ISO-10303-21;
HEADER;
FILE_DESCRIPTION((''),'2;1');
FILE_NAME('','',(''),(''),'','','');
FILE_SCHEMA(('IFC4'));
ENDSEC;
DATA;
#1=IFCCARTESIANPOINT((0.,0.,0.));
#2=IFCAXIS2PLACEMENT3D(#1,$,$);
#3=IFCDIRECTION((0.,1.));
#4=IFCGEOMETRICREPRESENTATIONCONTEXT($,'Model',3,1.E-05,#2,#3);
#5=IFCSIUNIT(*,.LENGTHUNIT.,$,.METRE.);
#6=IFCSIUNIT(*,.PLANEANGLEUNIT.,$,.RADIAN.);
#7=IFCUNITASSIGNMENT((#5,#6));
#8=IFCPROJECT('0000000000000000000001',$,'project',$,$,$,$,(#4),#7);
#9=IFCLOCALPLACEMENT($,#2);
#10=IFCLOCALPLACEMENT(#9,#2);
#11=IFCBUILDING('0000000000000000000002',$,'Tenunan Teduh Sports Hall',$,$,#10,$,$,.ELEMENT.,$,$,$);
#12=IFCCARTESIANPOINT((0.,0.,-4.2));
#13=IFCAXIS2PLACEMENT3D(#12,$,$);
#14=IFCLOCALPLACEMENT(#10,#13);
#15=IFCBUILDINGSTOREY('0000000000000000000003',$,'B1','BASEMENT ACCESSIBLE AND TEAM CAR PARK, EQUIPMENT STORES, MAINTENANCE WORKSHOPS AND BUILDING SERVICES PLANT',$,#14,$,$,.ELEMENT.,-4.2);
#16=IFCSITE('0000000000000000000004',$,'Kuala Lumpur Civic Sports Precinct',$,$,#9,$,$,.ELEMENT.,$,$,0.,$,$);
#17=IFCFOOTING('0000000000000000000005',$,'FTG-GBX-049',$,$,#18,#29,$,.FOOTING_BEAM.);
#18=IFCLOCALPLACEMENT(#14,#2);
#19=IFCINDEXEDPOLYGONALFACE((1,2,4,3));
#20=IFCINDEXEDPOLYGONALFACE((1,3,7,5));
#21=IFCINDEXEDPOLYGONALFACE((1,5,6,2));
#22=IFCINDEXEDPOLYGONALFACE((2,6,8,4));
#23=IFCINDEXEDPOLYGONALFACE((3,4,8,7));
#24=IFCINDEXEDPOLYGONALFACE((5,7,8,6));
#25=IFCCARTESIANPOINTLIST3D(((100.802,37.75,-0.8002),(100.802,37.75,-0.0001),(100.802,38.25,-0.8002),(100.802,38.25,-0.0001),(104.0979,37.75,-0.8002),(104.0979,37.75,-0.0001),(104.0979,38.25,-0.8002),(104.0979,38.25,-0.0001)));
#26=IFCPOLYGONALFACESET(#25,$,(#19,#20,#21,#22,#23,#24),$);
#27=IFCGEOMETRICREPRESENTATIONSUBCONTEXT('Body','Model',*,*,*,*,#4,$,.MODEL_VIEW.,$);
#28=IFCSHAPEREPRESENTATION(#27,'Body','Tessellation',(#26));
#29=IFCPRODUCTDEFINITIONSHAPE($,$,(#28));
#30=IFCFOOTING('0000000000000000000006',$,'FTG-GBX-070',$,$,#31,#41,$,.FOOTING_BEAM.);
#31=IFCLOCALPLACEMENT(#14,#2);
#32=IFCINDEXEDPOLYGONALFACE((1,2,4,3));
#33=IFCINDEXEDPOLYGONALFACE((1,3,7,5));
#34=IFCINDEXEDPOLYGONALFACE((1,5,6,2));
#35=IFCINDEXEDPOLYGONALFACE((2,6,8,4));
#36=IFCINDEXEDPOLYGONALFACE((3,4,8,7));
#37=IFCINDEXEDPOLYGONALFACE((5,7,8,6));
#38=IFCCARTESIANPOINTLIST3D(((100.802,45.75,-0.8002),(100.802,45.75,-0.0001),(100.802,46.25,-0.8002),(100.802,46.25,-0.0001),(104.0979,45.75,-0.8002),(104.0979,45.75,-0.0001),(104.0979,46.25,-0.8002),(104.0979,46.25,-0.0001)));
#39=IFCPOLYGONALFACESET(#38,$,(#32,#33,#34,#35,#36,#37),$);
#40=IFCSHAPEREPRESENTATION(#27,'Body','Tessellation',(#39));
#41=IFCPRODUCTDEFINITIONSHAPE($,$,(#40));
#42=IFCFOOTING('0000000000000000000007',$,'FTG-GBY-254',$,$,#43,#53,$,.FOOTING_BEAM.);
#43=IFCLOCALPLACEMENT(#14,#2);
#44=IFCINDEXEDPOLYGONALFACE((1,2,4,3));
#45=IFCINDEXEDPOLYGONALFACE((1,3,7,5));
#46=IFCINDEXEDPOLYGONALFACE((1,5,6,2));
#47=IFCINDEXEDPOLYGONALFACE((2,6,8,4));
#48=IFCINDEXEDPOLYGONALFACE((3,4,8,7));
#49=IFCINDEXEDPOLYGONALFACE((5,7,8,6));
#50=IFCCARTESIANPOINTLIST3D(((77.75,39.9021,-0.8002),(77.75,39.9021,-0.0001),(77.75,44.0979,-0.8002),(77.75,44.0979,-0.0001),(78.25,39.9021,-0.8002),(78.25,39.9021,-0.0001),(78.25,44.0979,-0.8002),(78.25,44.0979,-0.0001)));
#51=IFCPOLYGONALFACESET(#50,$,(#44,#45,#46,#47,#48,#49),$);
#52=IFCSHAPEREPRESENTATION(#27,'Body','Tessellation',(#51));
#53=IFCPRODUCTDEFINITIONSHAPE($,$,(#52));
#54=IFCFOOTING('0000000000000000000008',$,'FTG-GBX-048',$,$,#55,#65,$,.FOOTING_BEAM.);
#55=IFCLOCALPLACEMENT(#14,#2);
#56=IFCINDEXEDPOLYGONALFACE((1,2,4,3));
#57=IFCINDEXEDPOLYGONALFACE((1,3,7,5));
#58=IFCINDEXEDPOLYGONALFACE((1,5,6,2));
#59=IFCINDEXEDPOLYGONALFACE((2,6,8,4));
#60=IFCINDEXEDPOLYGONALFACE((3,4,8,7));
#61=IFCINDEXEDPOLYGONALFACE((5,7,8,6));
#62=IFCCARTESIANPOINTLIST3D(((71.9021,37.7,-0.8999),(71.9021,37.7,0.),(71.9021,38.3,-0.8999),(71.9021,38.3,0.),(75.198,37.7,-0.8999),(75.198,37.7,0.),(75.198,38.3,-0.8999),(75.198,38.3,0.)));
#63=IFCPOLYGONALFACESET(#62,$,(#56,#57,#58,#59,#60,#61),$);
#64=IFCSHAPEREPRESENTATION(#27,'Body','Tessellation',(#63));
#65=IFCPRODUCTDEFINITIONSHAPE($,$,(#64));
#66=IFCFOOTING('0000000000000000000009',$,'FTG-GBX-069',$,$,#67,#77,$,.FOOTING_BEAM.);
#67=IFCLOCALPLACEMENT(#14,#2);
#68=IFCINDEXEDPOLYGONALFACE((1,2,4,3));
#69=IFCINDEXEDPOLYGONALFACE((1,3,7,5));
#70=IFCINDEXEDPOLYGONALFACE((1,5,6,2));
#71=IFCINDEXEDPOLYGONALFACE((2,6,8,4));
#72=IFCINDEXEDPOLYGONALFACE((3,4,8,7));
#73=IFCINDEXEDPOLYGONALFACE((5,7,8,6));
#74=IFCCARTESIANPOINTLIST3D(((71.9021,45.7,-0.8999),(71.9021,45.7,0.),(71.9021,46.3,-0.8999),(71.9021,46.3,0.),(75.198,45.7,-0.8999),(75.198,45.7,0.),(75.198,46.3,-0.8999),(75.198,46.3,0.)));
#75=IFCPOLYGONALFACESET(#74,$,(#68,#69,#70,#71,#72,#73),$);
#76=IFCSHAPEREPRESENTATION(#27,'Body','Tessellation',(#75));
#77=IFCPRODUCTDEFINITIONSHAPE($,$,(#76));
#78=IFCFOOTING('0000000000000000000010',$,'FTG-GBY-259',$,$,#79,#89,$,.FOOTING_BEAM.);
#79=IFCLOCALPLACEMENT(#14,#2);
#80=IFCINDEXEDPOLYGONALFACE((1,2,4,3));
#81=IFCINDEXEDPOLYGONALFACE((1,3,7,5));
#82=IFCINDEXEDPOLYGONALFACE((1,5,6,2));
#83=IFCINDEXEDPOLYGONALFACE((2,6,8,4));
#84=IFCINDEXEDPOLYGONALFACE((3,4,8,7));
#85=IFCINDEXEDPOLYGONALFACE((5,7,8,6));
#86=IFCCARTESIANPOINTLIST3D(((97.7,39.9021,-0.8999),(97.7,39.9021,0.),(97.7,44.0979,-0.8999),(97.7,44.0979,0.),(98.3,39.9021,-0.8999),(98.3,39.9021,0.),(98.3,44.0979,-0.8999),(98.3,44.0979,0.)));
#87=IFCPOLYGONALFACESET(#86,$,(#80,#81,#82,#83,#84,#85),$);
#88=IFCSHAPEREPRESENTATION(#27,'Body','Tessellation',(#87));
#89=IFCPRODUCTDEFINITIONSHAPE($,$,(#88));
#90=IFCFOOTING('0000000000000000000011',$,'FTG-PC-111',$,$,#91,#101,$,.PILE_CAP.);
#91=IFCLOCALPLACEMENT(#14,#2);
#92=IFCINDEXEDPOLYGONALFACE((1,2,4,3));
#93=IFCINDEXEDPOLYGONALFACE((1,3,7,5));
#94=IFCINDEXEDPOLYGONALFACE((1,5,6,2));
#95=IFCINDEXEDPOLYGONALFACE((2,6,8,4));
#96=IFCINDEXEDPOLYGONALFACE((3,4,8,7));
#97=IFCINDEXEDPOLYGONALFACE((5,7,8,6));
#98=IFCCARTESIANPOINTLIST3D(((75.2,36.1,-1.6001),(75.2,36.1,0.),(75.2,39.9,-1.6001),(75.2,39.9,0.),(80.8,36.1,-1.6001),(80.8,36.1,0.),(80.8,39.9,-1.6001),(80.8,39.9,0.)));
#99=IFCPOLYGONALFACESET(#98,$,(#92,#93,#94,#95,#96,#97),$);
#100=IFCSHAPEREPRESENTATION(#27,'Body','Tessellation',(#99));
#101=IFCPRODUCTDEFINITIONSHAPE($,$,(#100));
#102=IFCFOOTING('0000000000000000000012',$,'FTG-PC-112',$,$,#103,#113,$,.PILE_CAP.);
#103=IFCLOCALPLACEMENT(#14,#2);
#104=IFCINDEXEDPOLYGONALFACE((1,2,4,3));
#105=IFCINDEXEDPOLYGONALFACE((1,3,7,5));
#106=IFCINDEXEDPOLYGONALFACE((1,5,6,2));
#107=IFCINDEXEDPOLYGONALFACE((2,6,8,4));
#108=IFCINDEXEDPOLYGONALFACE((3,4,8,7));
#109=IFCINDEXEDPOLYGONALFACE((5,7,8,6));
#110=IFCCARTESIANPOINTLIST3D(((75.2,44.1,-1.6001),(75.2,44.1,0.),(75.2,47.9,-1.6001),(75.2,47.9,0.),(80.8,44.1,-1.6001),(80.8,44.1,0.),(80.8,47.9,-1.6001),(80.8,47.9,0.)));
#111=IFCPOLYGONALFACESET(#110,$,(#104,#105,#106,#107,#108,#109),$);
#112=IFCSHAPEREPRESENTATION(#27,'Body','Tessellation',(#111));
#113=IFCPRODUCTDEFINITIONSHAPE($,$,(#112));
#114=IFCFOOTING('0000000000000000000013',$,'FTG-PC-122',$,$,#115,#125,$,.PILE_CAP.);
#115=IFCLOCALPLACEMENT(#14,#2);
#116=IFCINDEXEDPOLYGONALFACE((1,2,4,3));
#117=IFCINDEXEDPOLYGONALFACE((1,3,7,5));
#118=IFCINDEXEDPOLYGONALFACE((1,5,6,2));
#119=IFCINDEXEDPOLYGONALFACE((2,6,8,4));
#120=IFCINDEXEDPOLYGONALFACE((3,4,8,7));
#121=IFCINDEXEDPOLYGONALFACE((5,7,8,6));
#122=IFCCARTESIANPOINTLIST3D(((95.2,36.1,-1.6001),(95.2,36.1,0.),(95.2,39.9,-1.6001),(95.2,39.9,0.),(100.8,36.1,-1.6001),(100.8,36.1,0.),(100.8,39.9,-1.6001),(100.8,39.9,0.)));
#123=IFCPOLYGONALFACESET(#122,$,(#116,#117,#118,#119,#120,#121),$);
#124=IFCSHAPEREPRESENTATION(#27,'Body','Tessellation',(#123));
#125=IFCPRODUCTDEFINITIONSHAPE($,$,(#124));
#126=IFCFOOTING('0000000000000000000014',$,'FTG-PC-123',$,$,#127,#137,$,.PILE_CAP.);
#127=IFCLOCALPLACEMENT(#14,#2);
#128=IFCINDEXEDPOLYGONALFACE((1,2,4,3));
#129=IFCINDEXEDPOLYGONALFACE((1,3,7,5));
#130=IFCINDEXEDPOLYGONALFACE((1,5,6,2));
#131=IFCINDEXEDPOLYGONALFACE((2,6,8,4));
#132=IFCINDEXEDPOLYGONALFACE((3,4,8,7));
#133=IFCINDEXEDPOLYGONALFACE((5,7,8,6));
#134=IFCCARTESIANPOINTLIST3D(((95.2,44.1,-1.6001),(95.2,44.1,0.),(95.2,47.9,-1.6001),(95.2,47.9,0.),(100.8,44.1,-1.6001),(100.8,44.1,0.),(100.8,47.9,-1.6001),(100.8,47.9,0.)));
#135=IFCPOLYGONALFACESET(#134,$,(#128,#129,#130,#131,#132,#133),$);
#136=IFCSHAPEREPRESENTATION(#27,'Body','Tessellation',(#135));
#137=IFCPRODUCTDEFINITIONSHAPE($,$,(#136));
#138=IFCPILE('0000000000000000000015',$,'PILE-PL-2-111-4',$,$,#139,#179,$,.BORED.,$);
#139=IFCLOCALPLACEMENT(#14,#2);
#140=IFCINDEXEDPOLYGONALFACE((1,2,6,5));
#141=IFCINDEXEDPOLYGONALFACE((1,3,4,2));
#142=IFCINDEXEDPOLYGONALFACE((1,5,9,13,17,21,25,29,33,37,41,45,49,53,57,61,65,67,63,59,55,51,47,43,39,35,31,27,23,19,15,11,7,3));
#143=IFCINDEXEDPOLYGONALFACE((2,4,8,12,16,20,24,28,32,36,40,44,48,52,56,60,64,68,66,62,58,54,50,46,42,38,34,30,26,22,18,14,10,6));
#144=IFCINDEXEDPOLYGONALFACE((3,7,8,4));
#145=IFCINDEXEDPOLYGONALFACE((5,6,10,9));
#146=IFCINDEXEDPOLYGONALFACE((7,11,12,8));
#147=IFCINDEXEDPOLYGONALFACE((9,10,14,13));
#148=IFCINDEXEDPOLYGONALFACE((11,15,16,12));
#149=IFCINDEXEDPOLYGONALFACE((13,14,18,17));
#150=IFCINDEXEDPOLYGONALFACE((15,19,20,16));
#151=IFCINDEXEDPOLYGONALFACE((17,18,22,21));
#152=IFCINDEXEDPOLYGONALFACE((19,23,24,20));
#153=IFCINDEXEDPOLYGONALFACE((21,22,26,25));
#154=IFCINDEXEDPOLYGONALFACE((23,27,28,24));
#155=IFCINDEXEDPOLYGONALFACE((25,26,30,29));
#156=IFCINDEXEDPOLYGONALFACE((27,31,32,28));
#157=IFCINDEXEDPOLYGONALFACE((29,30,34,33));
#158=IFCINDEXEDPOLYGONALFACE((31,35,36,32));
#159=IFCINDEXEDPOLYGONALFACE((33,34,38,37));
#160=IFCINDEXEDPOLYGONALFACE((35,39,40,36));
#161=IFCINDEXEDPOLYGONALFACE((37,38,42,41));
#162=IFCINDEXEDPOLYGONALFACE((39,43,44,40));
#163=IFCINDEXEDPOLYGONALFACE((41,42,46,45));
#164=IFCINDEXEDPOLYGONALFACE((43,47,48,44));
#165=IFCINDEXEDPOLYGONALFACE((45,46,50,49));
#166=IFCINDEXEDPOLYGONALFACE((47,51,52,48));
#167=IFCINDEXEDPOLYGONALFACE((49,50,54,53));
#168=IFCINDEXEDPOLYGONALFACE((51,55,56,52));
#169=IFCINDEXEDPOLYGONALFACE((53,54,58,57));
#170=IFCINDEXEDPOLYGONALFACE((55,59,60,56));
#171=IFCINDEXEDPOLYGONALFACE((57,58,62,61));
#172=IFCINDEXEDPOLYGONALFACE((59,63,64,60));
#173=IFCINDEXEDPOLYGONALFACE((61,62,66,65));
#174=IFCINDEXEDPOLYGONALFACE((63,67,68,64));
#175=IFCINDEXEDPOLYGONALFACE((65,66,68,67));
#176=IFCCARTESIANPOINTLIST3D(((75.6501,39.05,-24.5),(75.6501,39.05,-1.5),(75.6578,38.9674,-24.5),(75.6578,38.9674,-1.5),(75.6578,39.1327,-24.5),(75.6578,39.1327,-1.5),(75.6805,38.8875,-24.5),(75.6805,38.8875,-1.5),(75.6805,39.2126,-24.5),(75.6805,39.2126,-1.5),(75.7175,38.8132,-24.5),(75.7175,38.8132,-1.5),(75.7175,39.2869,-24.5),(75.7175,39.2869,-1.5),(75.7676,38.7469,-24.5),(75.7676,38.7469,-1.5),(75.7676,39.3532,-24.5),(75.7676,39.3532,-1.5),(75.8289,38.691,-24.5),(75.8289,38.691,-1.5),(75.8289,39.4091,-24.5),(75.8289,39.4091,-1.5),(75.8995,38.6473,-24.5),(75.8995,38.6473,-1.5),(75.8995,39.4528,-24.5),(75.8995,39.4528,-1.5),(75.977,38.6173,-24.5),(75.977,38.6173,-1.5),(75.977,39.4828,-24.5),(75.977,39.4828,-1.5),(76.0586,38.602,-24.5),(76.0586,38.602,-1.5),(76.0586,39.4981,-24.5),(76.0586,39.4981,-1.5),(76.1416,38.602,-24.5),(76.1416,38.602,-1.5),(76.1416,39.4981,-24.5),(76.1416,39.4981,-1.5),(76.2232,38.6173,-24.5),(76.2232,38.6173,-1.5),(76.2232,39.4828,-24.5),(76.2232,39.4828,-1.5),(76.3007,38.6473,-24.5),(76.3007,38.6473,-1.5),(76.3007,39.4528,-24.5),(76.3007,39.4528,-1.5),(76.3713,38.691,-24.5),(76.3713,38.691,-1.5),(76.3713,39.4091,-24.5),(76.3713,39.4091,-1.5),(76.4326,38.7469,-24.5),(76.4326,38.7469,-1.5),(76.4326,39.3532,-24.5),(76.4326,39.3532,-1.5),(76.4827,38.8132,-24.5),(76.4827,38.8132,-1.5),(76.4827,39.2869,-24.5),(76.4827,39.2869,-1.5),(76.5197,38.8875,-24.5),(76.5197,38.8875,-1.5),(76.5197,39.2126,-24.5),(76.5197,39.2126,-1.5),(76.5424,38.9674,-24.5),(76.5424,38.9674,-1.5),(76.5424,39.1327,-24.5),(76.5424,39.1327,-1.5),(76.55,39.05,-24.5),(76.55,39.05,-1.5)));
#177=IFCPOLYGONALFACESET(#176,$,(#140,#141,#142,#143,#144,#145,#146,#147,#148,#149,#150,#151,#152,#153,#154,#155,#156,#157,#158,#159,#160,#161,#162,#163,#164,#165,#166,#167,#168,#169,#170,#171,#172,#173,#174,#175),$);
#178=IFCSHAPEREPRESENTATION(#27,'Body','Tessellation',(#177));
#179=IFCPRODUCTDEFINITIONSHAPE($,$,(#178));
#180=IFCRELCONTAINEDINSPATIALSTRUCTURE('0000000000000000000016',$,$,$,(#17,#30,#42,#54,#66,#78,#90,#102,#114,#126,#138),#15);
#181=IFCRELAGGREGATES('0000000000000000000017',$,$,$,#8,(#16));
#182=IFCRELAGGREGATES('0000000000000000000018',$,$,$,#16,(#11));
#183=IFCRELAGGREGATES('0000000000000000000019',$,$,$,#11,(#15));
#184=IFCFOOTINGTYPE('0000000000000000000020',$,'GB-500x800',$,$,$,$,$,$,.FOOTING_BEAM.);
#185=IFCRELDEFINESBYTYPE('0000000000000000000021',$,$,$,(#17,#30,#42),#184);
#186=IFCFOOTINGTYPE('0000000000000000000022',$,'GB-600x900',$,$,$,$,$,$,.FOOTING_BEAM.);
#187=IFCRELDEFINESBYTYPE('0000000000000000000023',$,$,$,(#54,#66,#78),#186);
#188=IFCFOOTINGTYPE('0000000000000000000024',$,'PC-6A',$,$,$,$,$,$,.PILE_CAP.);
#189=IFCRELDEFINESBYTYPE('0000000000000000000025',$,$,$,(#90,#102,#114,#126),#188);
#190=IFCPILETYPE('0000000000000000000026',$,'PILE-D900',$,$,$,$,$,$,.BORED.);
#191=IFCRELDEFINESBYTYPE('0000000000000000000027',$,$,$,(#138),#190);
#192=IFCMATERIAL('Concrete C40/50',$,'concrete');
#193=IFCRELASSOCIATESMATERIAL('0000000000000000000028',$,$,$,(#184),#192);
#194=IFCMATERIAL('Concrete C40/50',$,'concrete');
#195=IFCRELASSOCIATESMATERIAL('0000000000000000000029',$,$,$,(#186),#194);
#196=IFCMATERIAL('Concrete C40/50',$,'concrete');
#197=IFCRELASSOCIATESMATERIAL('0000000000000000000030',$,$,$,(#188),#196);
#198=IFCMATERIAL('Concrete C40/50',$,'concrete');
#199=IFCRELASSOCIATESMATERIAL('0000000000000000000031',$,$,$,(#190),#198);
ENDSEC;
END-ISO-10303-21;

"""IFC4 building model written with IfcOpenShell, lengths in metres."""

from ifc_helpers import new_model, si_unit, direction, frame, origin, origin_2d, place, context, subcontext, project, spatial, rectangle, circle, extrude, material, material_profile, profile_set, type_object, element, save


model = new_model("IFC4")

# Units and contexts
model_context = context("Model", 3, precision=1e-05, world=origin(), true_north=direction((0.0, 1.0)))
body_context = subcontext(model_context, "Body", "Model", "MODEL_VIEW")
ifc_project = project(units=[si_unit("LENGTHUNIT", "METRE"), si_unit("PLANEANGLEUNIT", "RADIAN")], contexts=[model_context])

# Site, building, storey
site_placement = place(None, origin())
site = spatial("IfcSite", under=ifc_project, at=site_placement, Name="Kuala Lumpur Civic Sports Precinct", CompositionType="ELEMENT", RefElevation=0.0)
building_placement = place(site_placement, origin())
building = spatial("IfcBuilding", under=site, at=building_placement, Name="Tenunan Teduh Sports Hall", CompositionType="ELEMENT")
storey_placement = place(building_placement, frame((0.0, 0.0, -4.2)))
storey = spatial("IfcBuildingStorey", under=building, at=storey_placement, Name="B1", Description="BASEMENT ACCESSIBLE AND TEAM CAR PARK, EQUIPMENT STORES, MAINTENANCE WORKSHOPS AND BUILDING SERVICES PLANT", CompositionType="ELEMENT", Elevation=-4.2)

# Footings
ifc_material_1 = material(Name="Concrete C40/50", Category="concrete")
ifc_material_profile_1 = material_profile(ifc_material_1, rectangle(XDim=0.5, YDim=0.8, at=origin_2d()), Name="RCB 500x800")
ifc_profile_set_1 = profile_set([ifc_material_profile_1], Name="Concrete C40/50")
footing_type_1 = type_object("IfcFootingType", Name="GB-500x800", PredefinedType="FOOTING_BEAM", material=ifc_profile_set_1)
for number, where, z_axis, x_axis, name in (
    (1, (100.802, 38.0, -0.4001), (1.0, 0.0, 0.0), (0.0, 1.0, 0.0), "FTG-GBX-049"),
    (2, (100.802, 46.0, -0.4001), (1.0, 0.0, 0.0), (0.0, 1.0, 0.0), "FTG-GBX-070"),
):
    element("IfcFooting", number, at=place(storey_placement, frame(where, z_axis=z_axis, x_axis=x_axis)), inside=storey, type_object=footing_type_1, Name=name, PredefinedType="FOOTING_BEAM", context=body_context, shape_type="SweptSolid", body=[
        extrude(rectangle(XDim=0.5, YDim=0.8, at=origin_2d()), origin(), (0.0, 0.0, 1.0), 3.2959),
    ])
footing_1_placement = place(storey_placement, frame((78.0, 39.9021, -0.4001), z_axis=(0.0, 1.0, 0.0), x_axis=(-1.0, 0.0, 0.0)))
element("IfcFooting", 3, at=footing_1_placement, inside=storey, type_object=footing_type_1, Name="FTG-GBY-254", PredefinedType="FOOTING_BEAM", context=body_context, shape_type="SweptSolid", body=[
    extrude(rectangle(XDim=0.5, YDim=0.8, at=origin_2d()), origin(), (0.0, 0.0, 1.0), 4.1958),
])
ifc_material_2 = material(Name="Concrete C40/50", Category="concrete")
ifc_material_profile_2 = material_profile(ifc_material_2, rectangle(XDim=0.6001, YDim=0.8999, at=origin_2d()), Name="RCB 600x900")
ifc_profile_set_2 = profile_set([ifc_material_profile_2], Name="Concrete C40/50")
footing_type_2 = type_object("IfcFootingType", Name="GB-600x900", PredefinedType="FOOTING_BEAM", material=ifc_profile_set_2)
for number, where, z_axis, x_axis, name in (
    (4, (71.9021, 38.0, -0.45), (1.0, 0.0, 0.0), (0.0, 1.0, 0.0), "FTG-GBX-048"),
    (5, (71.9021, 46.0, -0.45), (1.0, 0.0, 0.0), (0.0, 1.0, 0.0), "FTG-GBX-069"),
):
    element("IfcFooting", number, at=place(storey_placement, frame(where, z_axis=z_axis, x_axis=x_axis)), inside=storey, type_object=footing_type_2, Name=name, PredefinedType="FOOTING_BEAM", context=body_context, shape_type="SweptSolid", body=[
        extrude(rectangle(XDim=0.6001, YDim=0.8999, at=origin_2d()), origin(), (0.0, 0.0, 1.0), 3.2959),
    ])
footing_2_placement = place(storey_placement, frame((98.0, 39.9021, -0.45), z_axis=(0.0, 1.0, 0.0), x_axis=(-1.0, 0.0, 0.0)))
element("IfcFooting", 6, at=footing_2_placement, inside=storey, type_object=footing_type_2, Name="FTG-GBY-259", PredefinedType="FOOTING_BEAM", context=body_context, shape_type="SweptSolid", body=[
    extrude(rectangle(XDim=0.6001, YDim=0.8999, at=origin_2d()), origin(), (0.0, 0.0, 1.0), 4.1958),
])
ifc_material_3 = material(Name="Concrete C40/50", Category="concrete")
footing_type_3 = type_object("IfcFootingType", Name="PC-6A", PredefinedType="PILE_CAP", material=ifc_material_3)
for number, where, z_axis, x_axis, name in (
    (7, (78.0, 38.0, -1.6001), (0.0, 0.0, 1.0), (1.0, 0.0, 0.0), "FTG-PC-111"),
    (8, (78.0, 46.0, -1.6001), (0.0, 0.0, 1.0), (1.0, 0.0, 0.0), "FTG-PC-112"),
    (9, (98.0, 38.0, -1.6001), (0.0, 0.0, 1.0), (1.0, 0.0, 0.0), "FTG-PC-122"),
    (10, (98.0, 46.0, -1.6001), (0.0, 0.0, 1.0), (1.0, 0.0, 0.0), "FTG-PC-123"),
):
    element("IfcFooting", number, at=place(storey_placement, frame(where, z_axis=z_axis, x_axis=x_axis)), inside=storey, type_object=footing_type_3, Name=name, PredefinedType="PILE_CAP", context=body_context, shape_type="SweptSolid", body=[
        extrude(rectangle(XDim=5.6001, YDim=3.8, at=origin_2d()), origin(), (0.0, 0.0, 1.0), 1.6001),
    ])

# Pile
ifc_material_4 = material(Name="Concrete C40/50", Category="concrete")
ifc_material_profile_3 = material_profile(ifc_material_4, circle(Radius=0.45, at=origin_2d()), Name="PILE D900")
ifc_profile_set_3 = profile_set([ifc_material_profile_3], Name="Concrete C40/50")
pile_type = type_object("IfcPileType", Name="PILE-D900", PredefinedType="BORED", material=ifc_profile_set_3)
for number, where, z_axis, x_axis, name in (
    (11, (76.1001, 39.05, -1.5), (0.0, 0.0, -1.0), (1.0, 0.0, 0.0), "PILE-PL-2-111-4"),
):
    element("IfcPile", number, at=place(storey_placement, frame(where, z_axis=z_axis, x_axis=x_axis)), inside=storey, type_object=pile_type, Name=name, PredefinedType="BORED", context=body_context, shape_type="SweptSolid", body=[
        extrude(circle(Radius=0.45, at=origin_2d()), origin(), (0.0, 0.0, 1.0), 23.0),
    ])

save(model, "model.ifc")
